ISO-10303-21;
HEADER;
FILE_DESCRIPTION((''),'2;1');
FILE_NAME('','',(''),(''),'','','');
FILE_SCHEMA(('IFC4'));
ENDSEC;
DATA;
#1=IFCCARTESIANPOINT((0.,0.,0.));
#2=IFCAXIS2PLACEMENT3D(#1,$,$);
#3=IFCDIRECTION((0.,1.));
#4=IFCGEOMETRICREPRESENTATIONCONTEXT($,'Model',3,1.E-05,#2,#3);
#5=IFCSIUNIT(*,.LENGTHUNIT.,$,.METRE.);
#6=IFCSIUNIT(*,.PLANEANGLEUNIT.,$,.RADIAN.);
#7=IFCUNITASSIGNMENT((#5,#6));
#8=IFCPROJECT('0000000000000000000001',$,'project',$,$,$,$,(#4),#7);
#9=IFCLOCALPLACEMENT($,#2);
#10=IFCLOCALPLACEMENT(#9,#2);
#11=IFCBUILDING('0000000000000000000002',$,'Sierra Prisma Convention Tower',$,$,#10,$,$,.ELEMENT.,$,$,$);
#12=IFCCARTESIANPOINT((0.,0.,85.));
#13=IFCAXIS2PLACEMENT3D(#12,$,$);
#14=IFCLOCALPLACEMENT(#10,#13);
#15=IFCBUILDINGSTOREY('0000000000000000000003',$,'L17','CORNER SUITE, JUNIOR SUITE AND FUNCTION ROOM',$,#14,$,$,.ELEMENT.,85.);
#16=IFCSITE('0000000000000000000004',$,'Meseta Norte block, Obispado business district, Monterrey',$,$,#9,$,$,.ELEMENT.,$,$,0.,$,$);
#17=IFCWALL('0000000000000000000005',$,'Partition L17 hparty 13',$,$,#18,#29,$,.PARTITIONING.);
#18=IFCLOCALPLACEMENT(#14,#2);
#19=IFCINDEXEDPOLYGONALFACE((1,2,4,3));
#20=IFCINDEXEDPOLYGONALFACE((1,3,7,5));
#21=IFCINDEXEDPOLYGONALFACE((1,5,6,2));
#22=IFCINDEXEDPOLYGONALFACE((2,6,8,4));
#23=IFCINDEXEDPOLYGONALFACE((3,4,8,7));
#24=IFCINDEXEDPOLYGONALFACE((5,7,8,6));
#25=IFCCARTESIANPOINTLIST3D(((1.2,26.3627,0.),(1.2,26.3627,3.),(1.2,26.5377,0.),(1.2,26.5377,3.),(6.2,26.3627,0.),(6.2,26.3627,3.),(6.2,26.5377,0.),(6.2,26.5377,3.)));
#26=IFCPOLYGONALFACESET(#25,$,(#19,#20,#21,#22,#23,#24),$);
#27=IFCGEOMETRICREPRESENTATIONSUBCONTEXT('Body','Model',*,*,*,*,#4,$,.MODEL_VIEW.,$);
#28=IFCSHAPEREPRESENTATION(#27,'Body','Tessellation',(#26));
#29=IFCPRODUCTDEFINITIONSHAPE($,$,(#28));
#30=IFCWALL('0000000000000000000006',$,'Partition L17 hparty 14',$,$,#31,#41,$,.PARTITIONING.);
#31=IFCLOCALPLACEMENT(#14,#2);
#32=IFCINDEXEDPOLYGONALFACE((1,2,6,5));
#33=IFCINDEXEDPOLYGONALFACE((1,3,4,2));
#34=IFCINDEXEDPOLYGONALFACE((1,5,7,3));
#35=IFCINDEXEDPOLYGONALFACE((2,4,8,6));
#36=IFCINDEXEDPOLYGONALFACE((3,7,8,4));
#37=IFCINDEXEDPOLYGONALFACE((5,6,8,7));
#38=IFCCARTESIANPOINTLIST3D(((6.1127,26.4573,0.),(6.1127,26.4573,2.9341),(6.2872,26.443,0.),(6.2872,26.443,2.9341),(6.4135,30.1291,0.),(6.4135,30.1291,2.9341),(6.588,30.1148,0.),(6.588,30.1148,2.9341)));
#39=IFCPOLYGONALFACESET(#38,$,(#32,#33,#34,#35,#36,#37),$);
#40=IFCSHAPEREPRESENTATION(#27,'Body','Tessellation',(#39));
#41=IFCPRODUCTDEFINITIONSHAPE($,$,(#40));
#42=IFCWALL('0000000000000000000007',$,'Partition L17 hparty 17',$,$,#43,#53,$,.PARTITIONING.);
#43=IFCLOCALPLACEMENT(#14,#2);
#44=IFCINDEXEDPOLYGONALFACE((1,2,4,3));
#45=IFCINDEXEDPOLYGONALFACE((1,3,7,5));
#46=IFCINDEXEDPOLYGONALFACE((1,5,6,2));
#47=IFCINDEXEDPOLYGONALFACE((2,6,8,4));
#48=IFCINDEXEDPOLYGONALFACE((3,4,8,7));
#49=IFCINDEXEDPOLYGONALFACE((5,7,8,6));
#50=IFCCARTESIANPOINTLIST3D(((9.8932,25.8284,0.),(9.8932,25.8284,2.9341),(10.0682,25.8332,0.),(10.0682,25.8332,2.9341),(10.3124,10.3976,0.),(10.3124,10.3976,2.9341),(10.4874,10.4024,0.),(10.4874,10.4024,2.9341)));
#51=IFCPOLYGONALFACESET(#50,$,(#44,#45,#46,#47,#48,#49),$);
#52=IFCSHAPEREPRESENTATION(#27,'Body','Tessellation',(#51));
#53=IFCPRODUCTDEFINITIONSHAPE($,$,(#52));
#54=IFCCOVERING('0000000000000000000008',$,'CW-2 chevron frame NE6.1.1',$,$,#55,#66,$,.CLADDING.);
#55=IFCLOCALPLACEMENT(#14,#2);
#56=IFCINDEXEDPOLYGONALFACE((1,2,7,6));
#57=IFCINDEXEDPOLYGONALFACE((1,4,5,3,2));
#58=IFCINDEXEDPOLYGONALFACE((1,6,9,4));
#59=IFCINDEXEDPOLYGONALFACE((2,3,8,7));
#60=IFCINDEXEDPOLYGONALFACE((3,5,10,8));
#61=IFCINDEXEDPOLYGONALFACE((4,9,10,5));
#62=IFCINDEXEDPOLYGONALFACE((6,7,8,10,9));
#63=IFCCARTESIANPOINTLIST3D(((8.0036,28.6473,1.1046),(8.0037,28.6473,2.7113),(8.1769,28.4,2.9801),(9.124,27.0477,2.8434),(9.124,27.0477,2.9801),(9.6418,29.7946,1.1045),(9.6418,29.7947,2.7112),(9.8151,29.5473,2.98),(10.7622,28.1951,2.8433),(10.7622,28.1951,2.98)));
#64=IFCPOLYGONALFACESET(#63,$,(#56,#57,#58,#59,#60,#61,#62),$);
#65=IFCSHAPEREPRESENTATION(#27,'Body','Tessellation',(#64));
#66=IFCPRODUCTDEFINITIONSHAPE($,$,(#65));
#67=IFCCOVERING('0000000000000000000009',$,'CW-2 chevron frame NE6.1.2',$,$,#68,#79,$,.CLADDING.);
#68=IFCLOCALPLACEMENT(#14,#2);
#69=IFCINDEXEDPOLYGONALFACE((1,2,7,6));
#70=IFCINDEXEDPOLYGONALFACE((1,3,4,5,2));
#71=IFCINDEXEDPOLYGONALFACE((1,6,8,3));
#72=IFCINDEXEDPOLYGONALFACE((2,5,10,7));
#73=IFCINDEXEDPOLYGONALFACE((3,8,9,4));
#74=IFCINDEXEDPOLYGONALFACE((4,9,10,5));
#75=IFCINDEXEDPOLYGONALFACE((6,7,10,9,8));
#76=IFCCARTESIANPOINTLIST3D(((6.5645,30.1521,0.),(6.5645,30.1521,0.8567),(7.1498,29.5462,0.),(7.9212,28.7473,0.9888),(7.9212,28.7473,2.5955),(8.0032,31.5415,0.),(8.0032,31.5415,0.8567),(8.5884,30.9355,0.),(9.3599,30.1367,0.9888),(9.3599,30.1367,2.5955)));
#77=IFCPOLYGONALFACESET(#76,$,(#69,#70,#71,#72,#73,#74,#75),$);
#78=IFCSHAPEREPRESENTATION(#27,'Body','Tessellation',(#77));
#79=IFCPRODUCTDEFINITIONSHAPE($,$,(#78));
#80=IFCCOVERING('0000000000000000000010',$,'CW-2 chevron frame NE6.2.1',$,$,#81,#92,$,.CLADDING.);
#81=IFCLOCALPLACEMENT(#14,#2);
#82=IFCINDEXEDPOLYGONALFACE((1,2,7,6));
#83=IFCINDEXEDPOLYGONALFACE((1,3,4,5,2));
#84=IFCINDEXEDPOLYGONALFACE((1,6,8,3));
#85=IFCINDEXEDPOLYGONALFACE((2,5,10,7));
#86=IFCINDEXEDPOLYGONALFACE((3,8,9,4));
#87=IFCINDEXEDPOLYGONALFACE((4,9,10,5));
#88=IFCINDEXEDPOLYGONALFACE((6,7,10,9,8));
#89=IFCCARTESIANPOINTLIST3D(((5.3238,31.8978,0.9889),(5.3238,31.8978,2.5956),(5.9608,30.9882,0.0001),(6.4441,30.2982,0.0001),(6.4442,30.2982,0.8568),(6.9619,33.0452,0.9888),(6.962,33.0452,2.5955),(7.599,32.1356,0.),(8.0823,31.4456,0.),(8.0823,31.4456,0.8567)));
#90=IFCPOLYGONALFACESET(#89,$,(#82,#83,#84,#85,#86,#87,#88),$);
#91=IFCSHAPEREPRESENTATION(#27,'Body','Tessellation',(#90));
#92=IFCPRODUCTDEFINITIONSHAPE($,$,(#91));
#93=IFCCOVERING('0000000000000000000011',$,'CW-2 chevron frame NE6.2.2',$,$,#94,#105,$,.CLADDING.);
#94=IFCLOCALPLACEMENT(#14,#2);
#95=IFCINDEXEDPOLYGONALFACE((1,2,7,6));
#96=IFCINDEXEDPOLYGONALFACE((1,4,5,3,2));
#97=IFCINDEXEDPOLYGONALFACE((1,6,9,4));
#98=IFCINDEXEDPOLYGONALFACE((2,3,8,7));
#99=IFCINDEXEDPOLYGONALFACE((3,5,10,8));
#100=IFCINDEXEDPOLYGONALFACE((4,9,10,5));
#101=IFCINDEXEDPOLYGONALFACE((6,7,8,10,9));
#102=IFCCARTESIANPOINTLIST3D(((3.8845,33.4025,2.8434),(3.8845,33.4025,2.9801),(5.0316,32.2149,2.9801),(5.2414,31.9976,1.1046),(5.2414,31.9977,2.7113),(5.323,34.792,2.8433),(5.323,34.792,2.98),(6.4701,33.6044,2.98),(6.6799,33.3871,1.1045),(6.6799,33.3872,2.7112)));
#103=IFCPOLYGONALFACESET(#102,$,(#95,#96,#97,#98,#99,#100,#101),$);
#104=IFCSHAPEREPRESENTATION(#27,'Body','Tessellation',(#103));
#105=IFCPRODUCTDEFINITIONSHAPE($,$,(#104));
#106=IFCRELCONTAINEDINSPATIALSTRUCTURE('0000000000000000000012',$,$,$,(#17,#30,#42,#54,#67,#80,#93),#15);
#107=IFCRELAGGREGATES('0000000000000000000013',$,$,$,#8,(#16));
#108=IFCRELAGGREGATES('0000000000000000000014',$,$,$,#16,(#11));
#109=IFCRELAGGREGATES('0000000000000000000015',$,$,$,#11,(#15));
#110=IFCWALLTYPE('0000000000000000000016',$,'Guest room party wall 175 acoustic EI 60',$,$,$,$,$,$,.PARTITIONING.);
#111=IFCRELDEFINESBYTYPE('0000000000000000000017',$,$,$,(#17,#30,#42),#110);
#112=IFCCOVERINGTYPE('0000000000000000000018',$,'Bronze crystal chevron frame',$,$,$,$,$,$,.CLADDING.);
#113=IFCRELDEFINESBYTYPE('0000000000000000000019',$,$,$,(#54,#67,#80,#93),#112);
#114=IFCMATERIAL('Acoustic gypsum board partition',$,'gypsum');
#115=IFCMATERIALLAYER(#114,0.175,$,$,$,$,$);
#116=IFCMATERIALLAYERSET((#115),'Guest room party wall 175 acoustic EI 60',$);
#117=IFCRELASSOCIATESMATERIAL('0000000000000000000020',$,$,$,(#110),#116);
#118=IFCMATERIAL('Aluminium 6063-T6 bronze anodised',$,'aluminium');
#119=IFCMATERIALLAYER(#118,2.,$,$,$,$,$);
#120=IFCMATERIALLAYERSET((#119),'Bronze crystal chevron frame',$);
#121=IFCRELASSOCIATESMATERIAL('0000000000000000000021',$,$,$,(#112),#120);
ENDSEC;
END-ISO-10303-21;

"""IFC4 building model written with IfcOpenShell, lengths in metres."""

from ifc_helpers import new_model, si_unit, direction, frame, frame_2d, origin, place, context, subcontext, project, spatial, polyline, rectangle, outline, extrude, material, layer, layer_set, type_object, element, save


model = new_model("IFC4")

# Units and contexts
model_context = context("Model", 3, precision=1e-05, world=origin(), true_north=direction((0.0, 1.0)))
body_context = subcontext(model_context, "Body", "Model", "MODEL_VIEW")
ifc_project = project(units=[si_unit("LENGTHUNIT", "METRE"), si_unit("PLANEANGLEUNIT", "RADIAN")], contexts=[model_context])

# Site, building, storey
site_placement = place(None, origin())
site = spatial("IfcSite", under=ifc_project, at=site_placement, Name="Meseta Norte block, Obispado business district, Monterrey", CompositionType="ELEMENT", RefElevation=0.0)
building_placement = place(site_placement, origin())
building = spatial("IfcBuilding", under=site, at=building_placement, Name="Sierra Prisma Convention Tower", CompositionType="ELEMENT")
storey_placement = place(building_placement, frame((0.0, 0.0, 85.0)))
storey = spatial("IfcBuildingStorey", under=building, at=storey_placement, Name="L17", Description="CORNER SUITE, JUNIOR SUITE AND FUNCTION ROOM", CompositionType="ELEMENT", Elevation=85.0)

# Walls
ifc_material_1 = material(Name="Acoustic gypsum board partition", Category="gypsum")
ifc_layer_1 = layer(ifc_material_1, 0.175)
ifc_layer_set_1 = layer_set([ifc_layer_1], Name="Guest room party wall 175 acoustic EI 60")
wall_type_1 = type_object("IfcWallType", Name="Guest room party wall 175 acoustic EI 60", PredefinedType="PARTITIONING", material=ifc_layer_set_1)
wall_1_placement = place(storey_placement, frame((1.2, 26.4502, 0.0), z_axis=(0.0, 0.0, 1.0), x_axis=(1.0, 0.0, 0.0)))
element("IfcWall", 1, at=wall_1_placement, inside=storey, type_object=wall_type_1, Name="Partition L17 hparty 13", PredefinedType="PARTITIONING", context=body_context, shape_type="SweptSolid", body=[
    extrude(rectangle(XDim=5.0, YDim=0.175, at=frame_2d((2.5, 0.0))), origin(), (0.0, 0.0, 1.0), 3.0),
])
wall_2_placement = place(storey_placement, frame((6.2, 26.4502, 0.0), z_axis=(0.0, 0.0, 1.0), x_axis=(0.081641, 0.996662, 0.0)))
element("IfcWall", 2, at=wall_2_placement, inside=storey, type_object=wall_type_1, Name="Partition L17 hparty 14", PredefinedType="PARTITIONING", context=body_context, shape_type="SweptSolid", body=[
    extrude(rectangle(XDim=3.6841, YDim=0.175, at=frame_2d((1.842, 0.0))), origin(), (0.0, 0.0, 1.0), 2.9341),
])
wall_3_placement = place(storey_placement, frame((9.9807, 25.8308, 0.0), z_axis=(0.0, 0.0, 1.0), x_axis=(0.027156, -0.999631, 0.0)))
element("IfcWall", 3, at=wall_3_placement, inside=storey, type_object=wall_type_1, Name="Partition L17 hparty 17", PredefinedType="PARTITIONING", context=body_context, shape_type="SweptSolid", body=[
    extrude(rectangle(XDim=15.4365, YDim=0.175, at=frame_2d((7.7183, 0.0))), origin(), (0.0, 0.0, 1.0), 2.9341),
])

# Coverings
ifc_material_2 = material(Name="Aluminium 6063-T6 bronze anodised", Category="aluminium")
ifc_layer_2 = layer(ifc_material_2, 2.0)
ifc_layer_set_2 = layer_set([ifc_layer_2], Name="Bronze crystal chevron frame")
covering_type = type_object("IfcCoveringType", Name="Bronze crystal chevron frame", PredefinedType="CLADDING", material=ifc_layer_set_2)
covering_1_placement = place(storey_placement, frame((10.7622, 28.1951, 2.98), z_axis=(0.819083, 0.573675, -0.000051), x_axis=(-0.000041, -0.000029, -1.0)))
element("IfcCovering", 4, at=covering_1_placement, inside=storey, type_object=covering_type, Name="CW-2 chevron frame NE6.1.1", PredefinedType="CLADDING", context=body_context, shape_type="SweptSolid", body=[
    extrude(outline(polyline([(0.0, 0.0), (0.1367, 0.0), (1.8755, 1.9529), (0.2688, 1.9529), (0.0, 1.6509), (0.0, 0.0)])), origin(), (0.0, 0.0, -1.0), 2.0),
])
covering_2_placement = place(storey_placement, frame((9.3599, 30.1367, 2.5955), z_axis=(0.719314, 0.694685, -0.000001), x_axis=(-0.000001, -0.000001, -1.0)))
element("IfcCovering", 5, at=covering_2_placement, inside=storey, type_object=covering_type, Name="CW-2 chevron frame NE6.1.2", PredefinedType="CLADDING", context=body_context, shape_type="SweptSolid", body=[
    extrude(outline(polyline([(0.0, 0.0), (1.6067, 0.0), (2.5955, 1.1105), (2.5955, 1.953), (1.7388, 1.953), (0.0, 0.0)])), origin(), (0.0, 0.0, -1.0), 2.0),
])
covering_3_placement = place(storey_placement, frame((8.0823, 31.4456, 0.0), z_axis=(0.819066, 0.5737, -0.000047), x_axis=(-0.5737, 0.819066, 0.0)))
element("IfcCovering", 6, at=covering_3_placement, inside=storey, type_object=covering_type, Name="CW-2 chevron frame NE6.2.1", PredefinedType="CLADDING", context=body_context, shape_type="SweptSolid", body=[
    extrude(outline(polyline([(0.0, 0.0), (0.8424, 0.0), (1.9529, 0.9888), (1.9529, 2.5955), (0.0, 0.8567), (0.0, 0.0)])), origin(), (0.0, 0.0, -1.0), 2.0),
])
covering_4_placement = place(storey_placement, frame((5.323, 34.792, 2.98), z_axis=(0.719245, 0.694757, -0.000061), x_axis=(0.694757, -0.719245, 0.0)))
element("IfcCovering", 7, at=covering_4_placement, inside=storey, type_object=covering_type, Name="CW-2 chevron frame NE6.2.2", PredefinedType="CLADDING", context=body_context, shape_type="SweptSolid", body=[
    extrude(outline(polyline([(0.0, 0.0), (1.6511, 0.0), (1.9531, 0.2688), (1.9531, 1.8755), (0.0, 0.1367), (0.0, 0.0)])), origin(), (0.0, 0.0, -1.0), 2.0),
])

save(model, "model.ifc")
